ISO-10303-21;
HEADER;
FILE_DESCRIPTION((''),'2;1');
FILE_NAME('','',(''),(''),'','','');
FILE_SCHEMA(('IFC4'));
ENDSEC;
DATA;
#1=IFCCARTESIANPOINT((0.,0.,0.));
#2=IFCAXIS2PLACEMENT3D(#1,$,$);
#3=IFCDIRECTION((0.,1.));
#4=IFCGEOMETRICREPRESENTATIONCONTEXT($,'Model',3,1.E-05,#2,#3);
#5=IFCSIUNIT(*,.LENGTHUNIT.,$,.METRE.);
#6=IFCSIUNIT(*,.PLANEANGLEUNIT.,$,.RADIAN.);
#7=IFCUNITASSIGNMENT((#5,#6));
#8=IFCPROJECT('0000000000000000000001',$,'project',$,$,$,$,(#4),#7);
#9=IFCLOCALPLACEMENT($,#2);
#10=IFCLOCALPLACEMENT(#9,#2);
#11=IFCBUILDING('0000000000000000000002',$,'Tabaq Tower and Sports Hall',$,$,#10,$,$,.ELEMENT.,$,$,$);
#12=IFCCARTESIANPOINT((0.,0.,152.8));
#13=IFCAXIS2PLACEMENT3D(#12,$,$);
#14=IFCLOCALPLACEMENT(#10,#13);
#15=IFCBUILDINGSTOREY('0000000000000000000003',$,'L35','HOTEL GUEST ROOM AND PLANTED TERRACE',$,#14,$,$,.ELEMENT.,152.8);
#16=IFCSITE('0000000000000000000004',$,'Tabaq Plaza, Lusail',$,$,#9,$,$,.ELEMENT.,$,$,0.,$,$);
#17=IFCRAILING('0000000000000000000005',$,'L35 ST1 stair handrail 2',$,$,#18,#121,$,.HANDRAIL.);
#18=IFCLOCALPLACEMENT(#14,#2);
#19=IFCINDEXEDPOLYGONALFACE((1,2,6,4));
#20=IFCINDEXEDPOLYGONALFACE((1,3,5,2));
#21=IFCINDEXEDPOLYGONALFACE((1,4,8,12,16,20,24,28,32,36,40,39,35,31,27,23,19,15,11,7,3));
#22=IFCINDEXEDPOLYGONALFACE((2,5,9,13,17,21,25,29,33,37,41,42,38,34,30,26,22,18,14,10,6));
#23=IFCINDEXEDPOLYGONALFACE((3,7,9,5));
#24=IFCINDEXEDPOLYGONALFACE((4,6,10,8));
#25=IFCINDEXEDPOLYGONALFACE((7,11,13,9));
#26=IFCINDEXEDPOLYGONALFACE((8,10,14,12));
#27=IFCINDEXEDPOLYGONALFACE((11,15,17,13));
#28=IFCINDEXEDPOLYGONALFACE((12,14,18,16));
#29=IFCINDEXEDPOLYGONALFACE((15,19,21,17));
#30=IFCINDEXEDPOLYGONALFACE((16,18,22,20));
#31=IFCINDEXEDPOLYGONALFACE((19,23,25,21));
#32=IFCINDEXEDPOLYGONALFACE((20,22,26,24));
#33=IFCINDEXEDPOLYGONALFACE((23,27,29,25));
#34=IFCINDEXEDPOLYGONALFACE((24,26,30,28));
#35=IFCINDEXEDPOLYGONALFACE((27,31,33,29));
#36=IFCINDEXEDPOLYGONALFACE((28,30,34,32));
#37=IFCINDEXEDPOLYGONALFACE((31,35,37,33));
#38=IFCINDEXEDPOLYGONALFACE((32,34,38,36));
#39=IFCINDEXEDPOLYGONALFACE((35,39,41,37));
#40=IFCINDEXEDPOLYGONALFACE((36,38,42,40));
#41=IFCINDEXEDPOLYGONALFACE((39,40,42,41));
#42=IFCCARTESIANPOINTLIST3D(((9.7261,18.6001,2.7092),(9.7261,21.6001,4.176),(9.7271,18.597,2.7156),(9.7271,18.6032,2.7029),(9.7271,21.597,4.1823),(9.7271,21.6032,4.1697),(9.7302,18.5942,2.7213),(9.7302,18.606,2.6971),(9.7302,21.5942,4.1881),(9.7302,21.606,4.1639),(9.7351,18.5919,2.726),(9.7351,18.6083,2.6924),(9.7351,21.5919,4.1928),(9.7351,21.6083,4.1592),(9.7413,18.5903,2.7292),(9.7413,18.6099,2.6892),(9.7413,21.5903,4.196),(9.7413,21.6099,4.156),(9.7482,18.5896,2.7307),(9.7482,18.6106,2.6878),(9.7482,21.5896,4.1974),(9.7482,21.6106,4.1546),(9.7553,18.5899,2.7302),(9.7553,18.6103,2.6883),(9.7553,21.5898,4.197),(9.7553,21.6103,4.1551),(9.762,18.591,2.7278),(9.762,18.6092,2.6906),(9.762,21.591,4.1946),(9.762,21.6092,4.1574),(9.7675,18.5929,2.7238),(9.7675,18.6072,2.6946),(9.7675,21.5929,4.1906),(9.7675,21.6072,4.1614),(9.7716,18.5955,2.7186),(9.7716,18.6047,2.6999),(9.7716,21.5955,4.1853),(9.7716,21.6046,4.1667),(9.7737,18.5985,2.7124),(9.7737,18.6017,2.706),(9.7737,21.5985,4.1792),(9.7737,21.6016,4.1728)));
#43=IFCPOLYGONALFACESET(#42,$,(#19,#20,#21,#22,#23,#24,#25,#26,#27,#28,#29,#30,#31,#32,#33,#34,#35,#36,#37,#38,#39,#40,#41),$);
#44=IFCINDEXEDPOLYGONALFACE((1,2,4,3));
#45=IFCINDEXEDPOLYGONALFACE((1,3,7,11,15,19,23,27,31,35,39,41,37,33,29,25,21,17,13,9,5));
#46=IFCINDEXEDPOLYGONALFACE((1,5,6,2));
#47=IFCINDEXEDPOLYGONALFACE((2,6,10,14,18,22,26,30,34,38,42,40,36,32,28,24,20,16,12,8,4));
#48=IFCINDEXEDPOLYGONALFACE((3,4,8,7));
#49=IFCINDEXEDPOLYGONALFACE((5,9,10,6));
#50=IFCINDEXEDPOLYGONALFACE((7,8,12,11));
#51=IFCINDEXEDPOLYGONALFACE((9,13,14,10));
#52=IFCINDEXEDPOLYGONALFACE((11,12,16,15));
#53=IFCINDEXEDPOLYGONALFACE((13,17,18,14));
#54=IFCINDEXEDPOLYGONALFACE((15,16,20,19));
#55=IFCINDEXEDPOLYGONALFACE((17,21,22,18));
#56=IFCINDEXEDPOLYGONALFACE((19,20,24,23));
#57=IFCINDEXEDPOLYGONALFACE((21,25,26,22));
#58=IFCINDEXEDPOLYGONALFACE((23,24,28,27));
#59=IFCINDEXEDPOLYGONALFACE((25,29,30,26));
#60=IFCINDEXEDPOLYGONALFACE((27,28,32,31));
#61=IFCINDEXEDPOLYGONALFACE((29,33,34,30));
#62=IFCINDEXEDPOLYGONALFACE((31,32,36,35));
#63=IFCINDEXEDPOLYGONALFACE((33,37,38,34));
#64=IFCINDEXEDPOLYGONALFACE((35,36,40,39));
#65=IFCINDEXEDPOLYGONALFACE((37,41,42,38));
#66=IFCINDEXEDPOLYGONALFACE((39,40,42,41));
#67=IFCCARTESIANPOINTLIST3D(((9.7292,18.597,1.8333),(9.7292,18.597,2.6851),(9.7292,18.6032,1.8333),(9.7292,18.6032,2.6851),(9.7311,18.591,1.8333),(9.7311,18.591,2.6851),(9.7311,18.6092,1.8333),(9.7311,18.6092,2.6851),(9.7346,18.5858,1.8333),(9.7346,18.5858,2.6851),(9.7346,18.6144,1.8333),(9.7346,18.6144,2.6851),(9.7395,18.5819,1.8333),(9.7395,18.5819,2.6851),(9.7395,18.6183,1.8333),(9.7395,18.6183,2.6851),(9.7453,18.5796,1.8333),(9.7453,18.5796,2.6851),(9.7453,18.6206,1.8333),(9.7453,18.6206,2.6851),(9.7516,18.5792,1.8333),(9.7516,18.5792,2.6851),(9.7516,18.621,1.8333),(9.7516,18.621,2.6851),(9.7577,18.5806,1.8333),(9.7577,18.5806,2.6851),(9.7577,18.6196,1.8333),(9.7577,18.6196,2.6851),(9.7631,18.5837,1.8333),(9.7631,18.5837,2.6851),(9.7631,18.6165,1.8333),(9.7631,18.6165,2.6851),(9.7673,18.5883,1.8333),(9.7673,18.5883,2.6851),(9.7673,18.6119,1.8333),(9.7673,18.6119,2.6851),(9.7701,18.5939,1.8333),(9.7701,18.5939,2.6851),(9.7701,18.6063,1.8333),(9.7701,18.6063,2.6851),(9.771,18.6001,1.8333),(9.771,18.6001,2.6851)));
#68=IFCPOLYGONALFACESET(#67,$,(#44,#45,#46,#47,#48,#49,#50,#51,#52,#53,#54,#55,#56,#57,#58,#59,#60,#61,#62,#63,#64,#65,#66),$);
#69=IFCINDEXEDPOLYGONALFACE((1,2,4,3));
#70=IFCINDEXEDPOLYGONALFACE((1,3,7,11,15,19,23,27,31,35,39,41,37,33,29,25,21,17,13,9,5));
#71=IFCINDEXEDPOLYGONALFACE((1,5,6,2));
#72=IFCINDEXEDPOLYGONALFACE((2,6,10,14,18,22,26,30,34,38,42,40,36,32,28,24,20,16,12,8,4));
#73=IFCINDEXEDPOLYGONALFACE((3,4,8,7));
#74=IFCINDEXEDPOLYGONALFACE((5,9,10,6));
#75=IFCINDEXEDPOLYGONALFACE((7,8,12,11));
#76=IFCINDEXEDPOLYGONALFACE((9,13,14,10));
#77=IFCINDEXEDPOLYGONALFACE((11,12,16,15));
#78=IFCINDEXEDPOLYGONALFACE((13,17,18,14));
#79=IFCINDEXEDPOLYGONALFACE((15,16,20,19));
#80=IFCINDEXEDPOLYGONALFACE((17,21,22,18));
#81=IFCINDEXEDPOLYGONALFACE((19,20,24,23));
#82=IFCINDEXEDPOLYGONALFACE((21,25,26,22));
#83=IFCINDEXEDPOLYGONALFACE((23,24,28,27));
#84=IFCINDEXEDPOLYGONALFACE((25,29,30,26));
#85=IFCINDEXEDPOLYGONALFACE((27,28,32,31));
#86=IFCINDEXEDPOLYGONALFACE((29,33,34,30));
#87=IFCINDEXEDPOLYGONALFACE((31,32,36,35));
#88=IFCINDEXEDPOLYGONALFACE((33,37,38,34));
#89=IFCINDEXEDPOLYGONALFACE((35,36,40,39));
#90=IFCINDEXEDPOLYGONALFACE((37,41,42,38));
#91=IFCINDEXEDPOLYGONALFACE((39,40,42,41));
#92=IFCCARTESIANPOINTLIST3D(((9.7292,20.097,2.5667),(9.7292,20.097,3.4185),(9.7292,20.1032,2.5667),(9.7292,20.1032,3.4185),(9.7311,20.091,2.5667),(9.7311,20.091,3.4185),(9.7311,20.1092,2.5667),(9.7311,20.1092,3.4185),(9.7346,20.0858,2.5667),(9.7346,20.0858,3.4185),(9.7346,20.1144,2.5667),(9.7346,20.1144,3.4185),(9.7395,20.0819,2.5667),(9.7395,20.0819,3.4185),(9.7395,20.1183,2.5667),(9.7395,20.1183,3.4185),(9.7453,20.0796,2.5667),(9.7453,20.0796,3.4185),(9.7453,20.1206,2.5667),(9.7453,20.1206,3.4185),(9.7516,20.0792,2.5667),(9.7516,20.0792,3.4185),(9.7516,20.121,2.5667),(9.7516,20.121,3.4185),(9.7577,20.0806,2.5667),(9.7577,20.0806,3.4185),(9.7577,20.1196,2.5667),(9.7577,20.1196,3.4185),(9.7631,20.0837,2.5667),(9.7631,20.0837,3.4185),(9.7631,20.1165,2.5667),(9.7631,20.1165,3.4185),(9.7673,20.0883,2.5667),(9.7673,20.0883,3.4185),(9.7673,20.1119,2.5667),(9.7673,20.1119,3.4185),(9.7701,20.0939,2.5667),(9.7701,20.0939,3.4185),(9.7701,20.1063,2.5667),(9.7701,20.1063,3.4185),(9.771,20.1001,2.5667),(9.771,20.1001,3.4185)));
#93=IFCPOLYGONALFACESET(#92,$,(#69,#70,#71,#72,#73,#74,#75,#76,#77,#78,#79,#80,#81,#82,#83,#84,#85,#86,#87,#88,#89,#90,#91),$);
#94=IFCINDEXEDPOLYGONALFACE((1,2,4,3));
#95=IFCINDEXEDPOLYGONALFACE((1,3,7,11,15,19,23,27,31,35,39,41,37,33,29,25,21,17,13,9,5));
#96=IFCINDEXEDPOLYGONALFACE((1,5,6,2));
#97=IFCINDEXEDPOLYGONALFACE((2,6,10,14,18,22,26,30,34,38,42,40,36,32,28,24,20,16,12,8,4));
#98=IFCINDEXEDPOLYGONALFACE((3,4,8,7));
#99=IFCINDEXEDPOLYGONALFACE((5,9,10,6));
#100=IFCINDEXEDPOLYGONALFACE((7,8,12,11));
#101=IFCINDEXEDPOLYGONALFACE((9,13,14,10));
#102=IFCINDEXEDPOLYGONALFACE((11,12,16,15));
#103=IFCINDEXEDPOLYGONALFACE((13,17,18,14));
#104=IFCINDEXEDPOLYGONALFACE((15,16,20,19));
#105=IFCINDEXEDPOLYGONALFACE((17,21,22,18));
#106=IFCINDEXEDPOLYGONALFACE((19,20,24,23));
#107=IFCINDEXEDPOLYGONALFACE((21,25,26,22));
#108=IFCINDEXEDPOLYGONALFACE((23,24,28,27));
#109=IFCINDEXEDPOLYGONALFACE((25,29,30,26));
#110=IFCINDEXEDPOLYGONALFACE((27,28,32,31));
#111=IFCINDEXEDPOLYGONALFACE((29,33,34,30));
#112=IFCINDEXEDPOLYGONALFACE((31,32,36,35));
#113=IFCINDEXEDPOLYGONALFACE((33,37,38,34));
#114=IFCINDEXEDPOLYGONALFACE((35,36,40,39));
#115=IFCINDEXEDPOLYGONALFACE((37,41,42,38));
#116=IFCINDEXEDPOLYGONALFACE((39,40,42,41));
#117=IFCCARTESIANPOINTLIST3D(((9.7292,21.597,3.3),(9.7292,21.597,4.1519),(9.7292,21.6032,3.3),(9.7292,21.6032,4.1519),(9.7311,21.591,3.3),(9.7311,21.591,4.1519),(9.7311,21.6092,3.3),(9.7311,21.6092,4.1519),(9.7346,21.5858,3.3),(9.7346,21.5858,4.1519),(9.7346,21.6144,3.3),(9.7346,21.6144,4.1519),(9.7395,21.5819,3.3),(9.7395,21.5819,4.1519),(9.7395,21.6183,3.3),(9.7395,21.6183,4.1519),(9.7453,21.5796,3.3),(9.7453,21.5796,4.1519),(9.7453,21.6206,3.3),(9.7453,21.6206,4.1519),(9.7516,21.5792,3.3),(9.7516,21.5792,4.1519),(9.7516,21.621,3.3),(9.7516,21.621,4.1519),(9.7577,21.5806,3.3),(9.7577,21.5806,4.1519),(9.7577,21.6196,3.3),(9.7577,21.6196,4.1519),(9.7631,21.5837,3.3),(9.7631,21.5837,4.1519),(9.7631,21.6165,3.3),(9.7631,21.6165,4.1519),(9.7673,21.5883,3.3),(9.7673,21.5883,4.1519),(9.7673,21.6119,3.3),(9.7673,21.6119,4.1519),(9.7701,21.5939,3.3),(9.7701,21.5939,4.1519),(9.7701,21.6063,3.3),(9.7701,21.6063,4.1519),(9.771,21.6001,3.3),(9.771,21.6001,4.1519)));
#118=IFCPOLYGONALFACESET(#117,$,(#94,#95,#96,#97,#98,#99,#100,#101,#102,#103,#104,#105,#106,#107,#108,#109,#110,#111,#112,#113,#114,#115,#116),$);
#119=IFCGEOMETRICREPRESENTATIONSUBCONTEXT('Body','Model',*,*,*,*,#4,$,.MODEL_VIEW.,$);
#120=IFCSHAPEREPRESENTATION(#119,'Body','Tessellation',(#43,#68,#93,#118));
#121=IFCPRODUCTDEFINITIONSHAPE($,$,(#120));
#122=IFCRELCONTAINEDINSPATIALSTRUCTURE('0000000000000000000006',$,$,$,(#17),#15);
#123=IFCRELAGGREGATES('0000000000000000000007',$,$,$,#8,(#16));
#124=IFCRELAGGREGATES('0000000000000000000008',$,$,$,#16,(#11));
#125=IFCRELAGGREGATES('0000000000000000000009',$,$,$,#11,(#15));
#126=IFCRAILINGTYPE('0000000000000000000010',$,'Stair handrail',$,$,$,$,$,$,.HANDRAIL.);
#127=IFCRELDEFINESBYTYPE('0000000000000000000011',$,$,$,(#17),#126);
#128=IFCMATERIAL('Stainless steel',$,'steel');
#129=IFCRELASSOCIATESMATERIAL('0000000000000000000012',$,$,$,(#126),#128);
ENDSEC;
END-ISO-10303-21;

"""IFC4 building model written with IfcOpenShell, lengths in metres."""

from ifc_helpers import new_model, si_unit, direction, frame, origin, origin_2d, place, context, subcontext, project, spatial, circle, extrude, material, type_object, element, save


model = new_model("IFC4")

# Units and contexts
model_context = context("Model", 3, precision=1e-05, world=origin(), true_north=direction((0.0, 1.0)))
body_context = subcontext(model_context, "Body", "Model", "MODEL_VIEW")
ifc_project = project(units=[si_unit("LENGTHUNIT", "METRE"), si_unit("PLANEANGLEUNIT", "RADIAN")], contexts=[model_context])

# Site, building, storey
site_placement = place(None, origin())
site = spatial("IfcSite", under=ifc_project, at=site_placement, Name="Tabaq Plaza, Lusail", CompositionType="ELEMENT", RefElevation=0.0)
building_placement = place(site_placement, origin())
building = spatial("IfcBuilding", under=site, at=building_placement, Name="Tabaq Tower and Sports Hall", CompositionType="ELEMENT")
storey_placement = place(building_placement, frame((0.0, 0.0, 152.8)))
storey = spatial("IfcBuildingStorey", under=building, at=storey_placement, Name="L35", Description="HOTEL GUEST ROOM AND PLANTED TERRACE", CompositionType="ELEMENT", Elevation=152.8)

# Railing
ifc_material_1 = material(Name="Stainless steel", Category="steel")
railing_type_1 = type_object("IfcRailingType", Name="Stair handrail", PredefinedType="HANDRAIL", material=ifc_material_1)
railing_1_placement = place(storey_placement, frame((9.75, 18.6001, 1.8333)))
element("IfcRailing", 1, at=railing_1_placement, inside=storey, type_object=railing_type_1, Name="L35 ST1 stair handrail 2", PredefinedType="HANDRAIL", context=body_context, shape_type="SweptSolid", body=[
    extrude(circle(Radius=0.0239, at=origin_2d()), frame((0.0, 0.0, 0.876), z_axis=(0.0, 0.898369, 0.439242), x_axis=(-1.0, 0.0, 0.0)), (0.0, 0.0, 1.0), 3.3394),
    extrude(circle(Radius=0.021, at=origin_2d()), origin(), (0.0, 0.0, 1.0), 0.8518),
    extrude(circle(Radius=0.021, at=origin_2d()), frame((0.0, 1.5, 0.7334)), (0.0, 0.0, 1.0), 0.8518),
    extrude(circle(Radius=0.021, at=origin_2d()), frame((0.0, 3.0, 1.4668)), (0.0, 0.0, 1.0), 0.8518),
])

save(model, "model.ifc")
